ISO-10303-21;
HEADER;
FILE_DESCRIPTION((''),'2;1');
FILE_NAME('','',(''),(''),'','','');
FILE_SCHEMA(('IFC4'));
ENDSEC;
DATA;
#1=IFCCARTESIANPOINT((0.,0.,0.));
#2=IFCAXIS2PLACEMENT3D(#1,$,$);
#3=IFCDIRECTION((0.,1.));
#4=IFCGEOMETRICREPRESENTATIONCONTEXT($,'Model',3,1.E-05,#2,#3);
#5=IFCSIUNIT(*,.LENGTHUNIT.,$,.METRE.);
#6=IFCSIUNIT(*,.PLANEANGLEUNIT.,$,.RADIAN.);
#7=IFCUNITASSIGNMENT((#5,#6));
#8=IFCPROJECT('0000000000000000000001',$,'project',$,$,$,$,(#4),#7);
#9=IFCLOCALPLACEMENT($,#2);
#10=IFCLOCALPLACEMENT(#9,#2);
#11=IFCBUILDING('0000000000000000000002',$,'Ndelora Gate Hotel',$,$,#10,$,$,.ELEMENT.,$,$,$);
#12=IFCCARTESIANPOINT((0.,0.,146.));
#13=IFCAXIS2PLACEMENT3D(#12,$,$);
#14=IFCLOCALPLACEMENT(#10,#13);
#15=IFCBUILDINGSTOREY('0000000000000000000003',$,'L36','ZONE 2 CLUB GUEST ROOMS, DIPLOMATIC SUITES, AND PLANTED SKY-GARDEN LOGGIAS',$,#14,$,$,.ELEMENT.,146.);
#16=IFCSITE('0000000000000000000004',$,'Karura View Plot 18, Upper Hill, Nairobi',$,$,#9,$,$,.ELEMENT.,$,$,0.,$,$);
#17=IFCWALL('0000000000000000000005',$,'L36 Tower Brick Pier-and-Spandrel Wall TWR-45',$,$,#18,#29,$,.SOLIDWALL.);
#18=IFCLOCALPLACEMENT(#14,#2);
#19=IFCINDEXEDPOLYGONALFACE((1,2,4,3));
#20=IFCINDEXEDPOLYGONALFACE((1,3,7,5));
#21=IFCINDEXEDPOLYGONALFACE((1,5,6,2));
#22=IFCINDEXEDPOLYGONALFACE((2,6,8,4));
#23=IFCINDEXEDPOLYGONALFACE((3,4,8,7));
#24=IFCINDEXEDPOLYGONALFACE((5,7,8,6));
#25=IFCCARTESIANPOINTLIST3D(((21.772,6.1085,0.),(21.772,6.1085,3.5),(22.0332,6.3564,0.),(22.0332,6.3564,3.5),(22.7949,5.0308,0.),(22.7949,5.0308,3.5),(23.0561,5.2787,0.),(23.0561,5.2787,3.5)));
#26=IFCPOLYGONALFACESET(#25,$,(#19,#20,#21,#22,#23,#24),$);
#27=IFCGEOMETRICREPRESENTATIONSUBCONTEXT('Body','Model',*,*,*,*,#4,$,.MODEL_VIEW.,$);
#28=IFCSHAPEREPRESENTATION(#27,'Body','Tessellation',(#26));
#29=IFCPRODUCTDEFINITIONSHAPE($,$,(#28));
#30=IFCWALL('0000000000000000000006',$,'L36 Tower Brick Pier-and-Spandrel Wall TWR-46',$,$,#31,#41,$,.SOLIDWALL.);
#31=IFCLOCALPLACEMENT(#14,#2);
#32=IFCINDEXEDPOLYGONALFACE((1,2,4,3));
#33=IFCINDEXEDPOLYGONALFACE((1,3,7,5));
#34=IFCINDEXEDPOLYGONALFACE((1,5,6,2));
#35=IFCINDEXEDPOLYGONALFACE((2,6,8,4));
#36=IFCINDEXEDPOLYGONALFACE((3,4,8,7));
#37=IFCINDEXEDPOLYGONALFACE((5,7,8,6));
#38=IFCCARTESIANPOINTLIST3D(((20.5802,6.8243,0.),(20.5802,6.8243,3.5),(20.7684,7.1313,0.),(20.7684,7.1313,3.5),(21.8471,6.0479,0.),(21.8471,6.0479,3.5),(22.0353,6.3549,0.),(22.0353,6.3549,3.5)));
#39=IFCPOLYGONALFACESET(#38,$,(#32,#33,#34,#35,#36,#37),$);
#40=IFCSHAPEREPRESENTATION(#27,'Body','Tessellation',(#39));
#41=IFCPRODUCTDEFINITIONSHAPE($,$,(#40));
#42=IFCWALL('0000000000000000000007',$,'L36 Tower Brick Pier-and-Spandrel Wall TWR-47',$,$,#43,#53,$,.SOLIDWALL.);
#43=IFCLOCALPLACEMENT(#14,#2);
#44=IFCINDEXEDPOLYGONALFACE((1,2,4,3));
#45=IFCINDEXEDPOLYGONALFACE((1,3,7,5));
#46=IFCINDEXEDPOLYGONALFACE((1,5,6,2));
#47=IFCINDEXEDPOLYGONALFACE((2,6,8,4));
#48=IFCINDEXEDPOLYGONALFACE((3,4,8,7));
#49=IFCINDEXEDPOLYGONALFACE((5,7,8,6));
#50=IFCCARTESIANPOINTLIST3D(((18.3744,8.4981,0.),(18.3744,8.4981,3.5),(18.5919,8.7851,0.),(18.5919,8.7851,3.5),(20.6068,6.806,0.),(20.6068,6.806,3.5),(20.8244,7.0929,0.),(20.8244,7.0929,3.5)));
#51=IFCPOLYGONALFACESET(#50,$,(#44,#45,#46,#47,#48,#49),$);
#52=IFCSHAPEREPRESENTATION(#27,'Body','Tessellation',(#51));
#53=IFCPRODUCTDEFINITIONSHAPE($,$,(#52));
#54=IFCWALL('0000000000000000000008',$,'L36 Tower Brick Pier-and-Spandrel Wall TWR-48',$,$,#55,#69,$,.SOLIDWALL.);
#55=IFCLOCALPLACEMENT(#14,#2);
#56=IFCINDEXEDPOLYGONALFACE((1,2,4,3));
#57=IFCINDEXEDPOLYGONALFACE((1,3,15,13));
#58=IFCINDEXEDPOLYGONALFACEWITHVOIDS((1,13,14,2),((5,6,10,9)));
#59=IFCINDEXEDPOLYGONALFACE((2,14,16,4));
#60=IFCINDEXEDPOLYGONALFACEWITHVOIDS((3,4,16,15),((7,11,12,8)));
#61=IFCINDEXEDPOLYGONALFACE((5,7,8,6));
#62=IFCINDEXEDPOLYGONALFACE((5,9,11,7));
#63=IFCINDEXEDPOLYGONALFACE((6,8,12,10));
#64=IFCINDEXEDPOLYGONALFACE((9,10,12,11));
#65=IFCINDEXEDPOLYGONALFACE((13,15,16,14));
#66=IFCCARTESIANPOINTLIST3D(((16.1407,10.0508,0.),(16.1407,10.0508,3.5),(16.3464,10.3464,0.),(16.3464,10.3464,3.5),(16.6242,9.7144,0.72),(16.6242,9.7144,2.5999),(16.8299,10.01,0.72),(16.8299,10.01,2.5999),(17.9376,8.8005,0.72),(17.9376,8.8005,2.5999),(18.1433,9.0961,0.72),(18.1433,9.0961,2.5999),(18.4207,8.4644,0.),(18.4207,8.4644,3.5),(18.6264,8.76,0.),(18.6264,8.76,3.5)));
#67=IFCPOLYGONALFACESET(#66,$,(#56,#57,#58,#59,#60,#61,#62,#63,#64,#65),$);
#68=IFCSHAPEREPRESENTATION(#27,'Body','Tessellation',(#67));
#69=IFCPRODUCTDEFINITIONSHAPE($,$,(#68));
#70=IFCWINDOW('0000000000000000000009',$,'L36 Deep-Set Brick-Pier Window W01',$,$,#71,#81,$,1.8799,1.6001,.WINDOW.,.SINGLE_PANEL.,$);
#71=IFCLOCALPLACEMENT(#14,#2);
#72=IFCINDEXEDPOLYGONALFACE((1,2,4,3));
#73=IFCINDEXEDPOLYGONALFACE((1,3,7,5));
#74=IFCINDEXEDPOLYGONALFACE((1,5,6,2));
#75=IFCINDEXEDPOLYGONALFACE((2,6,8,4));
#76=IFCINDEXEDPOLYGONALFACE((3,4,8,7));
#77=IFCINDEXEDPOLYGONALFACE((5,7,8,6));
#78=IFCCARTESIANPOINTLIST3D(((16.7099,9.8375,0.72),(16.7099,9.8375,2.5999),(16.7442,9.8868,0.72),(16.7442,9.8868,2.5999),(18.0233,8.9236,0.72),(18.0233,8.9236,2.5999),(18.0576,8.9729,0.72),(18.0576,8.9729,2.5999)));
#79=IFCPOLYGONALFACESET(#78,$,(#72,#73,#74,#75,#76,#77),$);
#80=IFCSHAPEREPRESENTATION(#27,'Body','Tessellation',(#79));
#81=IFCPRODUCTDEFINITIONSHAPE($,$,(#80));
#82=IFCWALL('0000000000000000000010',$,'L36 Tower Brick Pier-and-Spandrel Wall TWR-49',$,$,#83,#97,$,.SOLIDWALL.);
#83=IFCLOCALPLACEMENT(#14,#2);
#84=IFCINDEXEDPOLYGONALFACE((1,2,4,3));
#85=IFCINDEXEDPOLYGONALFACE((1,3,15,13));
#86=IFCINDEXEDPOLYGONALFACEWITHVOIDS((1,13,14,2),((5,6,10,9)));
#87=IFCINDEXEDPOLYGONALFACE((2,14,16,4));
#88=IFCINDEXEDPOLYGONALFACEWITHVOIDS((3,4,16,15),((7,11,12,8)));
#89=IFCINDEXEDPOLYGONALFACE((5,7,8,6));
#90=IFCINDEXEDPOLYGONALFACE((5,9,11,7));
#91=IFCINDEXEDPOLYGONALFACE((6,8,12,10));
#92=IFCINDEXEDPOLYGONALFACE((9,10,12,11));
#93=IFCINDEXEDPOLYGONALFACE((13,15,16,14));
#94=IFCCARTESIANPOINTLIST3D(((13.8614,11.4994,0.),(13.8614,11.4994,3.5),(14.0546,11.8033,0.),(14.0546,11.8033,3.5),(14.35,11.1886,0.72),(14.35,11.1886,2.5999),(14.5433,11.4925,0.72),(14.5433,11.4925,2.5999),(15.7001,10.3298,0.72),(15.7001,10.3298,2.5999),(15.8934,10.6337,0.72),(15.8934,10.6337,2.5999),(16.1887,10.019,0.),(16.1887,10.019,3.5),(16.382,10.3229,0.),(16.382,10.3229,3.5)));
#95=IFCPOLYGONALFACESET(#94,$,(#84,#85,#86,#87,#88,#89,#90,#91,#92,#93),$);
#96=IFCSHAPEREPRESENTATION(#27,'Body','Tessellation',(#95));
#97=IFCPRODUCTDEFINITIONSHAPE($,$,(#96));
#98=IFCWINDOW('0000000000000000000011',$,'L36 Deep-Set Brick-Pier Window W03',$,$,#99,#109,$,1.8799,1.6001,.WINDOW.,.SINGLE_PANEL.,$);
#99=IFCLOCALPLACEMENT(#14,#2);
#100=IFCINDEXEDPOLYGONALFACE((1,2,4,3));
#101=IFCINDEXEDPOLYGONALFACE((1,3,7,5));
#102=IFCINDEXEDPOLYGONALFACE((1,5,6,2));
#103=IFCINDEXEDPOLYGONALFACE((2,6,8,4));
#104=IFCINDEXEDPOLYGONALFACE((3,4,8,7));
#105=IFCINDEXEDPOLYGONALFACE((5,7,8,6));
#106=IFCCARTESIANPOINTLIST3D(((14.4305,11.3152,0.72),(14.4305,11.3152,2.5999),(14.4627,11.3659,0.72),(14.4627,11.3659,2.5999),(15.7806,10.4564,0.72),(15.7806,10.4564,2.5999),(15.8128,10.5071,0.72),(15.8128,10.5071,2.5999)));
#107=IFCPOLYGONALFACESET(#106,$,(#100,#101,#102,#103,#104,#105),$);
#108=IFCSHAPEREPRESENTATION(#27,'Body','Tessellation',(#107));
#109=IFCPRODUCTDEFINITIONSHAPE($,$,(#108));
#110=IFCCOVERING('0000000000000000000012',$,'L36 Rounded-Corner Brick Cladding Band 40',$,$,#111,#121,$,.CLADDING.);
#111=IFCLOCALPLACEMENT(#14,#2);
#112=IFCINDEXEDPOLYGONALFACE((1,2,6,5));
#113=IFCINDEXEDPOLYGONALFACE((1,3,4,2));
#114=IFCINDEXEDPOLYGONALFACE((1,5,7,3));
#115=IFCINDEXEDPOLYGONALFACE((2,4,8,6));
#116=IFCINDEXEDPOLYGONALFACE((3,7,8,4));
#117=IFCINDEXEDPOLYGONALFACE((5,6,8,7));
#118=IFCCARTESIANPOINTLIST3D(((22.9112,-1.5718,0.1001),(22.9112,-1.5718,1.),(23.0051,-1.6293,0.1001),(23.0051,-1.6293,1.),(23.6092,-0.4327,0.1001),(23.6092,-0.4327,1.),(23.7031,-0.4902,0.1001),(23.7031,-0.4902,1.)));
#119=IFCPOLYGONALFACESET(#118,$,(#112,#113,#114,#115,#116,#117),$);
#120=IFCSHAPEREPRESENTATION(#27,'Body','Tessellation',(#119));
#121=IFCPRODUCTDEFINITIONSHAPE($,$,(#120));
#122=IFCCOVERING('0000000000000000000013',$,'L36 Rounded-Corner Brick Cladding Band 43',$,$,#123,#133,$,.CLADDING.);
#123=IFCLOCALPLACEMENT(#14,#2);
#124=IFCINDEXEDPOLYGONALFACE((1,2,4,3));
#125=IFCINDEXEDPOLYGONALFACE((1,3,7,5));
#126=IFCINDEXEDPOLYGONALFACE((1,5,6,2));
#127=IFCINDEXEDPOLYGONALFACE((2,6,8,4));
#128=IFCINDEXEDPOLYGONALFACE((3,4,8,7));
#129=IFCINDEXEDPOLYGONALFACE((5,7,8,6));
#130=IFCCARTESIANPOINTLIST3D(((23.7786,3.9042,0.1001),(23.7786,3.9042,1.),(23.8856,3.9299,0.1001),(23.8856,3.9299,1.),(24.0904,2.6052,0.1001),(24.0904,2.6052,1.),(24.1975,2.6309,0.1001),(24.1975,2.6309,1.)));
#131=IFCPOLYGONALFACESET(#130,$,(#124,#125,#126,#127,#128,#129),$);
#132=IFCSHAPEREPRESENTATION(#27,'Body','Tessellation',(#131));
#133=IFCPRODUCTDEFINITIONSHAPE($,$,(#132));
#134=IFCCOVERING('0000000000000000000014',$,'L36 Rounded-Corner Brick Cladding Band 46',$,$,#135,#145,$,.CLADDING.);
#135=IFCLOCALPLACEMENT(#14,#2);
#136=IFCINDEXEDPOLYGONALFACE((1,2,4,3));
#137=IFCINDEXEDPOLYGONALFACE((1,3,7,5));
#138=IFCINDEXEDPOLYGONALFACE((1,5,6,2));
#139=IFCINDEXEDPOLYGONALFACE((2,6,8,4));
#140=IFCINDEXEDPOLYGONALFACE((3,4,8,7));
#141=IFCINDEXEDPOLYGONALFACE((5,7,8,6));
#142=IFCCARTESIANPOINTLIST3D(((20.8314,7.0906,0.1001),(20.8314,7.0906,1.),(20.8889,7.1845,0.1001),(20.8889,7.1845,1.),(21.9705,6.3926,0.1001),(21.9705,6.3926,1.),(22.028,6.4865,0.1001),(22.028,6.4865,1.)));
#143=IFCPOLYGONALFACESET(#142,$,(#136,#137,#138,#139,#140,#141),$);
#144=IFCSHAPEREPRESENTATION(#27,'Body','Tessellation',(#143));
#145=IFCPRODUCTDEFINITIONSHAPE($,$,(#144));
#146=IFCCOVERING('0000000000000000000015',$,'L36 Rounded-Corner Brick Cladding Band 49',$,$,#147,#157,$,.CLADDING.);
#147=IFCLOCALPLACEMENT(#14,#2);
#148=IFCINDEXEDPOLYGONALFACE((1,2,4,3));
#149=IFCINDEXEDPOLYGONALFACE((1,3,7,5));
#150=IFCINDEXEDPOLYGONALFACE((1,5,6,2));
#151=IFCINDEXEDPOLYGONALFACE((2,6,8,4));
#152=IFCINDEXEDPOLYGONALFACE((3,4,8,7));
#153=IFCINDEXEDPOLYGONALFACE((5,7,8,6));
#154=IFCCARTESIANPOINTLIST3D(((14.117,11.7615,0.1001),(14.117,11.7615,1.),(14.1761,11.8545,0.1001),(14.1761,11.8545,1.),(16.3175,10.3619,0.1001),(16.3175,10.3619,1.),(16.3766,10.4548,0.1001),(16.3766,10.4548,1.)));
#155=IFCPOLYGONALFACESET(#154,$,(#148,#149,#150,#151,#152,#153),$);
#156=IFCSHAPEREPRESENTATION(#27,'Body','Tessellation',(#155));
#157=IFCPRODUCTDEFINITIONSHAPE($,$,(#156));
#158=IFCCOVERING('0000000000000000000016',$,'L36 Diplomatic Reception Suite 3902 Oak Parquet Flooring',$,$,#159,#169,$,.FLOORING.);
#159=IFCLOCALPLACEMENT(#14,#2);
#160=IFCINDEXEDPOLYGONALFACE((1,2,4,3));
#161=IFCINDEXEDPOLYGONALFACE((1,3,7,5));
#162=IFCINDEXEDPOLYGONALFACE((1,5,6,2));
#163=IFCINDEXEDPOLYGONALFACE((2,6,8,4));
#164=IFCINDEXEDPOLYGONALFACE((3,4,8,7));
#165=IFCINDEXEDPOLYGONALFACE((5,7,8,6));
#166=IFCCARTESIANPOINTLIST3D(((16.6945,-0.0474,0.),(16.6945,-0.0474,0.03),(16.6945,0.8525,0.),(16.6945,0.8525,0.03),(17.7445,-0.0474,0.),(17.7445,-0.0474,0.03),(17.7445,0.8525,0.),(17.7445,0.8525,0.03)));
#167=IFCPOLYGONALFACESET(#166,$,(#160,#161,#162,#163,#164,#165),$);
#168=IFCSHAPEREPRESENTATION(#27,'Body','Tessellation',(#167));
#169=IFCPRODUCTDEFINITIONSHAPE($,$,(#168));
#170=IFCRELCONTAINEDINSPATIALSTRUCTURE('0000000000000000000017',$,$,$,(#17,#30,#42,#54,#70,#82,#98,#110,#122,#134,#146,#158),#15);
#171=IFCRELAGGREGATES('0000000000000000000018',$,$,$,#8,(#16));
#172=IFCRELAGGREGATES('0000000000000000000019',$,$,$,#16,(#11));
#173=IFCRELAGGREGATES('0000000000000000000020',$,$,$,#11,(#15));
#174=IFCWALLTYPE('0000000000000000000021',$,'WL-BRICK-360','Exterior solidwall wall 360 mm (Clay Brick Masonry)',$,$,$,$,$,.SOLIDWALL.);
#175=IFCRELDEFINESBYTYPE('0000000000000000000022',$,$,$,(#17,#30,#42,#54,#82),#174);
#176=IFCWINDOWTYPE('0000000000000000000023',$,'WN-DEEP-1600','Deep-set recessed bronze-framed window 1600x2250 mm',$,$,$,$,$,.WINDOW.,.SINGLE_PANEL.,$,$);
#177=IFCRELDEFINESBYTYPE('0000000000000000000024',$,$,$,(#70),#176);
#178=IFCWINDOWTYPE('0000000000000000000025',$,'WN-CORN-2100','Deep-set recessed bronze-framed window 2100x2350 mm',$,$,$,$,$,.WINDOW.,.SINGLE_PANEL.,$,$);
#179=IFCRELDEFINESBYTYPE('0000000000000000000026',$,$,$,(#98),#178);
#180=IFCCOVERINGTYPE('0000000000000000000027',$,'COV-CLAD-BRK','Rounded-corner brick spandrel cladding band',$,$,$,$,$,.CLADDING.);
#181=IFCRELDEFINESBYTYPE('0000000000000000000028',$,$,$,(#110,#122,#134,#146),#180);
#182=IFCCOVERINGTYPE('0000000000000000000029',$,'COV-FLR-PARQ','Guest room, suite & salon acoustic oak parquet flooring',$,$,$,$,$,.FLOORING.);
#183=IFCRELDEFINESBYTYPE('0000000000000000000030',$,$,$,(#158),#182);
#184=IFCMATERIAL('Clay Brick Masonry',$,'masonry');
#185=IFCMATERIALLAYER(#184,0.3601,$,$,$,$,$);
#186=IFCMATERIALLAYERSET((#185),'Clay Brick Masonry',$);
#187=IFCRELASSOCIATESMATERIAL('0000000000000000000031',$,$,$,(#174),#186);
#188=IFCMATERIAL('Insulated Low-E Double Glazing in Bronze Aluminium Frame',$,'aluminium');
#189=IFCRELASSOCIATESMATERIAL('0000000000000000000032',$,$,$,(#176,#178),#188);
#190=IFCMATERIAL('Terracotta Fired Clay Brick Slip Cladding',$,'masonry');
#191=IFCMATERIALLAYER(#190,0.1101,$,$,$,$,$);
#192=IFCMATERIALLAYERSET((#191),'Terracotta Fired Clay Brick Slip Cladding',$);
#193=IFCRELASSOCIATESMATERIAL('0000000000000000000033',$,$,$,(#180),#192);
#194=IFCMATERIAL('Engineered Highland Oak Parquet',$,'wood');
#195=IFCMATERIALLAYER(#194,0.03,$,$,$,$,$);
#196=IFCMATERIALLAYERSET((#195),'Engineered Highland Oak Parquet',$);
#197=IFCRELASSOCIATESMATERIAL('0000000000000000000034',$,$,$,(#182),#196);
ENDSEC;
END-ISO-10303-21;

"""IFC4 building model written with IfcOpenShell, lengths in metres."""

from ifc_helpers import new_model, si_unit, direction, frame, frame_2d, origin, origin_2d, place, context, subcontext, project, spatial, rectangle, extrude, material, layer, layer_set, type_object, element, fill, save


model = new_model("IFC4")

# Units and contexts
model_context = context("Model", 3, precision=1e-05, world=origin(), true_north=direction((0.0, 1.0)))
body_context = subcontext(model_context, "Body", "Model", "MODEL_VIEW")
ifc_project = project(units=[si_unit("LENGTHUNIT", "METRE"), si_unit("PLANEANGLEUNIT", "RADIAN")], contexts=[model_context])

# Site, building, storey
site_placement = place(None, origin())
site = spatial("IfcSite", under=ifc_project, at=site_placement, Name="Karura View Plot 18, Upper Hill, Nairobi", CompositionType="ELEMENT", RefElevation=0.0)
building_placement = place(site_placement, origin())
building = spatial("IfcBuilding", under=site, at=building_placement, Name="Ndelora Gate Hotel", CompositionType="ELEMENT")
storey_placement = place(building_placement, frame((0.0, 0.0, 146.0)))
storey = spatial("IfcBuildingStorey", under=building, at=storey_placement, Name="L36", Description="ZONE 2 CLUB GUEST ROOMS, DIPLOMATIC SUITES, AND PLANTED SKY-GARDEN LOGGIAS", CompositionType="ELEMENT", Elevation=146.0)

# Walls
ifc_material_1 = material(Name="Clay Brick Masonry", Category="masonry")
ifc_layer_1 = layer(ifc_material_1, 0.3601)
ifc_layer_set_1 = layer_set([ifc_layer_1], Name="Clay Brick Masonry")
wall_type = type_object("IfcWallType", Name="WL-BRICK-360", Description="Exterior solidwall wall 360 mm (Clay Brick Masonry)", PredefinedType="SOLIDWALL", material=ifc_layer_set_1)
for number, where, z_axis, x_axis, name in (
    (1, (21.9026, 6.2324, 0.0), (0.0, 0.0, 1.0), (0.688464, -0.72527, 0.0), "L36 Tower Brick Pier-and-Spandrel Wall TWR-45"),
    (2, (20.6743, 6.9778, 0.0), (0.0, 0.0, 1.0), (0.852627, -0.52252, 0.0), "L36 Tower Brick Pier-and-Spandrel Wall TWR-46"),
):
    element("IfcWall", number, at=place(storey_placement, frame(where, z_axis=z_axis, x_axis=x_axis)), inside=storey, type_object=wall_type, Name=name, PredefinedType="SOLIDWALL", context=body_context, shape_type="SweptSolid", body=[
        extrude(rectangle(XDim=1.4858, YDim=0.3601, at=frame_2d((0.7429, 0.0))), origin(), (0.0, 0.0, 1.0), 3.5),
    ])
wall_1_placement = place(storey_placement, frame((18.4832, 8.6416, 0.0), z_axis=(0.0, 0.0, 1.0), x_axis=(0.796936, -0.604064, 0.0)))
element("IfcWall", 3, at=wall_1_placement, inside=storey, type_object=wall_type, Name="L36 Tower Brick Pier-and-Spandrel Wall TWR-47", PredefinedType="SOLIDWALL", context=body_context, shape_type="SweptSolid", body=[
    extrude(rectangle(XDim=2.8013, YDim=0.3601, at=frame_2d((1.4006, 0.0))), origin(), (0.0, 0.0, 1.0), 3.5),
])

# Walls, openings, windows
wall_2_placement = place(storey_placement, frame((16.2437, 10.1985, 0.0), z_axis=(0.0, 0.0, 1.0), x_axis=(0.820851, -0.571142, 0.0)))
wall_2 = element("IfcWall", 4, at=wall_2_placement, inside=storey, type_object=wall_type, Name="L36 Tower Brick Pier-and-Spandrel Wall TWR-48", PredefinedType="SOLIDWALL", context=body_context, shape_type="SweptSolid", body=[
    extrude(rectangle(XDim=2.7776, YDim=0.3601, at=frame_2d((1.3887, 0.0))), origin(), (0.0, 0.0, 1.0), 3.5),
])
opening_1_placement = place(wall_2_placement, frame((0.5889, 0.0, 0.72)))
opening_1 = element("IfcOpeningElement", 5, at=opening_1_placement, cuts=wall_2, PredefinedType="OPENING", context=body_context, shape_type="SweptSolid", body=[
    extrude(rectangle(XDim=1.6001, YDim=1.8799, at=frame_2d((0.8, 0.9399))), frame((0.0, 0.1899, 0.0), z_axis=(0.0, -1.0, 0.0), x_axis=(1.0, 0.0, 0.0)), (0.0, 0.0, 1.0), 0.3801),
])
ifc_material_2 = material(Name="Insulated Low-E Double Glazing in Bronze Aluminium Frame", Category="aluminium")
window_type_1 = type_object("IfcWindowType", Name="WN-DEEP-1600", Description="Deep-set recessed bronze-framed window 1600x2250 mm", PartitioningType="SINGLE_PANEL", PredefinedType="WINDOW", material=ifc_material_2)
window_1_placement = place(opening_1_placement, origin())
window_1 = element("IfcWindow", 6, at=window_1_placement, inside=storey, type_object=window_type_1, Name="L36 Deep-Set Brick-Pier Window W01", OverallHeight=1.8799, OverallWidth=1.6001, PartitioningType="SINGLE_PANEL", PredefinedType="WINDOW", context=body_context, shape_type="SweptSolid", body=[
    extrude(rectangle(XDim=1.6001, YDim=1.8799, at=frame_2d((0.8, 0.9399))), frame((0.0, 0.03, 0.0), z_axis=(0.0, -1.0, 0.0), x_axis=(1.0, 0.0, 0.0)), (0.0, 0.0, 1.0), 0.0601),
])
fill(opening_1, window_1)
wall_3_placement = place(storey_placement, frame((13.958, 11.6514, 0.0), z_axis=(0.0, 0.0, 1.0), x_axis=(0.84376, -0.536721, 0.0)))
wall_3 = element("IfcWall", 7, at=wall_3_placement, inside=storey, type_object=wall_type, Name="L36 Tower Brick Pier-and-Spandrel Wall TWR-49", PredefinedType="SOLIDWALL", context=body_context, shape_type="SweptSolid", body=[
    extrude(rectangle(XDim=2.7583, YDim=0.3601, at=frame_2d((1.3792, 0.0))), origin(), (0.0, 0.0, 1.0), 3.5),
])
opening_2_placement = place(wall_3_placement, frame((0.5791, 0.0, 0.72)))
opening_2 = element("IfcOpeningElement", 8, at=opening_2_placement, cuts=wall_3, PredefinedType="OPENING", context=body_context, shape_type="SweptSolid", body=[
    extrude(rectangle(XDim=1.6001, YDim=1.8799, at=frame_2d((0.8, 0.9399))), frame((0.0, 0.1899, 0.0), z_axis=(0.0, -1.0, 0.0), x_axis=(1.0, 0.0, 0.0)), (0.0, 0.0, 1.0), 0.3801),
])
window_type_2 = type_object("IfcWindowType", Name="WN-CORN-2100", Description="Deep-set recessed bronze-framed window 2100x2350 mm", PartitioningType="SINGLE_PANEL", PredefinedType="WINDOW", material=ifc_material_2)
window_2_placement = place(opening_2_placement, origin())
window_2 = element("IfcWindow", 9, at=window_2_placement, inside=storey, type_object=window_type_2, Name="L36 Deep-Set Brick-Pier Window W03", OverallHeight=1.8799, OverallWidth=1.6001, PartitioningType="SINGLE_PANEL", PredefinedType="WINDOW", context=body_context, shape_type="SweptSolid", body=[
    extrude(rectangle(XDim=1.6001, YDim=1.8799, at=frame_2d((0.8, 0.9399))), frame((0.0, 0.03, 0.0), z_axis=(0.0, -1.0, 0.0), x_axis=(1.0, 0.0, 0.0)), (0.0, 0.0, 1.0), 0.0601),
])
fill(opening_2, window_2)

# Coverings
ifc_material_3 = material(Name="Terracotta Fired Clay Brick Slip Cladding", Category="masonry")
ifc_layer_2 = layer(ifc_material_3, 0.1101)
ifc_layer_set_2 = layer_set([ifc_layer_2], Name="Terracotta Fired Clay Brick Slip Cladding")
covering_type_1 = type_object("IfcCoveringType", Name="COV-CLAD-BRK", Description="Rounded-corner brick spandrel cladding band", PredefinedType="CLADDING", material=ifc_layer_set_2)
for number, where, z_axis, x_axis, name in (
    (10, (23.3071, -1.031, 0.1001), (0.0, 0.0, 1.0), (0.522499, 0.85264, 0.0), "L36 Rounded-Corner Brick Cladding Band 40"),
    (11, (23.988, 3.2676, 0.1001), (0.0, 0.0, 1.0), (-0.233445, 0.97237, 0.0), "L36 Rounded-Corner Brick Cladding Band 43"),
    (12, (21.4297, 6.7886, 0.1001), (0.0, 0.0, 1.0), (-0.85264, 0.522499, 0.0), "L36 Rounded-Corner Brick Cladding Band 46"),
):
    element("IfcCovering", number, at=place(storey_placement, frame(where, z_axis=z_axis, x_axis=x_axis)), inside=storey, type_object=covering_type_1, Name=name, PredefinedType="CLADDING", context=body_context, shape_type="SweptSolid", body=[
        extrude(rectangle(XDim=1.3359, YDim=0.1101, at=origin_2d()), origin(), (0.0, 0.0, 1.0), 0.8999),
    ])
covering_1_placement = place(storey_placement, frame((15.2468, 11.1082, 0.1001), z_axis=(0.0, 0.0, 1.0), x_axis=(-0.843766, 0.536711, 0.0)))
element("IfcCovering", 13, at=covering_1_placement, inside=storey, type_object=covering_type_1, Name="L36 Rounded-Corner Brick Cladding Band 49", PredefinedType="CLADDING", context=body_context, shape_type="SweptSolid", body=[
    extrude(rectangle(XDim=2.6079, YDim=0.1101, at=origin_2d()), origin(), (0.0, 0.0, 1.0), 0.8999),
])
ifc_material_4 = material(Name="Engineered Highland Oak Parquet", Category="wood")
ifc_layer_3 = layer(ifc_material_4, 0.03)
ifc_layer_set_3 = layer_set([ifc_layer_3], Name="Engineered Highland Oak Parquet")
covering_type_2 = type_object("IfcCoveringType", Name="COV-FLR-PARQ", Description="Guest room, suite & salon acoustic oak parquet flooring", PredefinedType="FLOORING", material=ifc_layer_set_3)
covering_2_placement = place(storey_placement, frame((17.2195, 0.4026, 0.0), z_axis=(0.0, 0.0, 1.0), x_axis=(1.0, 0.0, 0.0)))
element("IfcCovering", 14, at=covering_2_placement, inside=storey, type_object=covering_type_2, Name="L36 Diplomatic Reception Suite 3902 Oak Parquet Flooring", PredefinedType="FLOORING", context=body_context, shape_type="SweptSolid", body=[
    extrude(rectangle(XDim=1.05, YDim=0.8999, at=origin_2d()), origin(), (0.0, 0.0, 1.0), 0.03),
])

save(model, "model.ifc")
